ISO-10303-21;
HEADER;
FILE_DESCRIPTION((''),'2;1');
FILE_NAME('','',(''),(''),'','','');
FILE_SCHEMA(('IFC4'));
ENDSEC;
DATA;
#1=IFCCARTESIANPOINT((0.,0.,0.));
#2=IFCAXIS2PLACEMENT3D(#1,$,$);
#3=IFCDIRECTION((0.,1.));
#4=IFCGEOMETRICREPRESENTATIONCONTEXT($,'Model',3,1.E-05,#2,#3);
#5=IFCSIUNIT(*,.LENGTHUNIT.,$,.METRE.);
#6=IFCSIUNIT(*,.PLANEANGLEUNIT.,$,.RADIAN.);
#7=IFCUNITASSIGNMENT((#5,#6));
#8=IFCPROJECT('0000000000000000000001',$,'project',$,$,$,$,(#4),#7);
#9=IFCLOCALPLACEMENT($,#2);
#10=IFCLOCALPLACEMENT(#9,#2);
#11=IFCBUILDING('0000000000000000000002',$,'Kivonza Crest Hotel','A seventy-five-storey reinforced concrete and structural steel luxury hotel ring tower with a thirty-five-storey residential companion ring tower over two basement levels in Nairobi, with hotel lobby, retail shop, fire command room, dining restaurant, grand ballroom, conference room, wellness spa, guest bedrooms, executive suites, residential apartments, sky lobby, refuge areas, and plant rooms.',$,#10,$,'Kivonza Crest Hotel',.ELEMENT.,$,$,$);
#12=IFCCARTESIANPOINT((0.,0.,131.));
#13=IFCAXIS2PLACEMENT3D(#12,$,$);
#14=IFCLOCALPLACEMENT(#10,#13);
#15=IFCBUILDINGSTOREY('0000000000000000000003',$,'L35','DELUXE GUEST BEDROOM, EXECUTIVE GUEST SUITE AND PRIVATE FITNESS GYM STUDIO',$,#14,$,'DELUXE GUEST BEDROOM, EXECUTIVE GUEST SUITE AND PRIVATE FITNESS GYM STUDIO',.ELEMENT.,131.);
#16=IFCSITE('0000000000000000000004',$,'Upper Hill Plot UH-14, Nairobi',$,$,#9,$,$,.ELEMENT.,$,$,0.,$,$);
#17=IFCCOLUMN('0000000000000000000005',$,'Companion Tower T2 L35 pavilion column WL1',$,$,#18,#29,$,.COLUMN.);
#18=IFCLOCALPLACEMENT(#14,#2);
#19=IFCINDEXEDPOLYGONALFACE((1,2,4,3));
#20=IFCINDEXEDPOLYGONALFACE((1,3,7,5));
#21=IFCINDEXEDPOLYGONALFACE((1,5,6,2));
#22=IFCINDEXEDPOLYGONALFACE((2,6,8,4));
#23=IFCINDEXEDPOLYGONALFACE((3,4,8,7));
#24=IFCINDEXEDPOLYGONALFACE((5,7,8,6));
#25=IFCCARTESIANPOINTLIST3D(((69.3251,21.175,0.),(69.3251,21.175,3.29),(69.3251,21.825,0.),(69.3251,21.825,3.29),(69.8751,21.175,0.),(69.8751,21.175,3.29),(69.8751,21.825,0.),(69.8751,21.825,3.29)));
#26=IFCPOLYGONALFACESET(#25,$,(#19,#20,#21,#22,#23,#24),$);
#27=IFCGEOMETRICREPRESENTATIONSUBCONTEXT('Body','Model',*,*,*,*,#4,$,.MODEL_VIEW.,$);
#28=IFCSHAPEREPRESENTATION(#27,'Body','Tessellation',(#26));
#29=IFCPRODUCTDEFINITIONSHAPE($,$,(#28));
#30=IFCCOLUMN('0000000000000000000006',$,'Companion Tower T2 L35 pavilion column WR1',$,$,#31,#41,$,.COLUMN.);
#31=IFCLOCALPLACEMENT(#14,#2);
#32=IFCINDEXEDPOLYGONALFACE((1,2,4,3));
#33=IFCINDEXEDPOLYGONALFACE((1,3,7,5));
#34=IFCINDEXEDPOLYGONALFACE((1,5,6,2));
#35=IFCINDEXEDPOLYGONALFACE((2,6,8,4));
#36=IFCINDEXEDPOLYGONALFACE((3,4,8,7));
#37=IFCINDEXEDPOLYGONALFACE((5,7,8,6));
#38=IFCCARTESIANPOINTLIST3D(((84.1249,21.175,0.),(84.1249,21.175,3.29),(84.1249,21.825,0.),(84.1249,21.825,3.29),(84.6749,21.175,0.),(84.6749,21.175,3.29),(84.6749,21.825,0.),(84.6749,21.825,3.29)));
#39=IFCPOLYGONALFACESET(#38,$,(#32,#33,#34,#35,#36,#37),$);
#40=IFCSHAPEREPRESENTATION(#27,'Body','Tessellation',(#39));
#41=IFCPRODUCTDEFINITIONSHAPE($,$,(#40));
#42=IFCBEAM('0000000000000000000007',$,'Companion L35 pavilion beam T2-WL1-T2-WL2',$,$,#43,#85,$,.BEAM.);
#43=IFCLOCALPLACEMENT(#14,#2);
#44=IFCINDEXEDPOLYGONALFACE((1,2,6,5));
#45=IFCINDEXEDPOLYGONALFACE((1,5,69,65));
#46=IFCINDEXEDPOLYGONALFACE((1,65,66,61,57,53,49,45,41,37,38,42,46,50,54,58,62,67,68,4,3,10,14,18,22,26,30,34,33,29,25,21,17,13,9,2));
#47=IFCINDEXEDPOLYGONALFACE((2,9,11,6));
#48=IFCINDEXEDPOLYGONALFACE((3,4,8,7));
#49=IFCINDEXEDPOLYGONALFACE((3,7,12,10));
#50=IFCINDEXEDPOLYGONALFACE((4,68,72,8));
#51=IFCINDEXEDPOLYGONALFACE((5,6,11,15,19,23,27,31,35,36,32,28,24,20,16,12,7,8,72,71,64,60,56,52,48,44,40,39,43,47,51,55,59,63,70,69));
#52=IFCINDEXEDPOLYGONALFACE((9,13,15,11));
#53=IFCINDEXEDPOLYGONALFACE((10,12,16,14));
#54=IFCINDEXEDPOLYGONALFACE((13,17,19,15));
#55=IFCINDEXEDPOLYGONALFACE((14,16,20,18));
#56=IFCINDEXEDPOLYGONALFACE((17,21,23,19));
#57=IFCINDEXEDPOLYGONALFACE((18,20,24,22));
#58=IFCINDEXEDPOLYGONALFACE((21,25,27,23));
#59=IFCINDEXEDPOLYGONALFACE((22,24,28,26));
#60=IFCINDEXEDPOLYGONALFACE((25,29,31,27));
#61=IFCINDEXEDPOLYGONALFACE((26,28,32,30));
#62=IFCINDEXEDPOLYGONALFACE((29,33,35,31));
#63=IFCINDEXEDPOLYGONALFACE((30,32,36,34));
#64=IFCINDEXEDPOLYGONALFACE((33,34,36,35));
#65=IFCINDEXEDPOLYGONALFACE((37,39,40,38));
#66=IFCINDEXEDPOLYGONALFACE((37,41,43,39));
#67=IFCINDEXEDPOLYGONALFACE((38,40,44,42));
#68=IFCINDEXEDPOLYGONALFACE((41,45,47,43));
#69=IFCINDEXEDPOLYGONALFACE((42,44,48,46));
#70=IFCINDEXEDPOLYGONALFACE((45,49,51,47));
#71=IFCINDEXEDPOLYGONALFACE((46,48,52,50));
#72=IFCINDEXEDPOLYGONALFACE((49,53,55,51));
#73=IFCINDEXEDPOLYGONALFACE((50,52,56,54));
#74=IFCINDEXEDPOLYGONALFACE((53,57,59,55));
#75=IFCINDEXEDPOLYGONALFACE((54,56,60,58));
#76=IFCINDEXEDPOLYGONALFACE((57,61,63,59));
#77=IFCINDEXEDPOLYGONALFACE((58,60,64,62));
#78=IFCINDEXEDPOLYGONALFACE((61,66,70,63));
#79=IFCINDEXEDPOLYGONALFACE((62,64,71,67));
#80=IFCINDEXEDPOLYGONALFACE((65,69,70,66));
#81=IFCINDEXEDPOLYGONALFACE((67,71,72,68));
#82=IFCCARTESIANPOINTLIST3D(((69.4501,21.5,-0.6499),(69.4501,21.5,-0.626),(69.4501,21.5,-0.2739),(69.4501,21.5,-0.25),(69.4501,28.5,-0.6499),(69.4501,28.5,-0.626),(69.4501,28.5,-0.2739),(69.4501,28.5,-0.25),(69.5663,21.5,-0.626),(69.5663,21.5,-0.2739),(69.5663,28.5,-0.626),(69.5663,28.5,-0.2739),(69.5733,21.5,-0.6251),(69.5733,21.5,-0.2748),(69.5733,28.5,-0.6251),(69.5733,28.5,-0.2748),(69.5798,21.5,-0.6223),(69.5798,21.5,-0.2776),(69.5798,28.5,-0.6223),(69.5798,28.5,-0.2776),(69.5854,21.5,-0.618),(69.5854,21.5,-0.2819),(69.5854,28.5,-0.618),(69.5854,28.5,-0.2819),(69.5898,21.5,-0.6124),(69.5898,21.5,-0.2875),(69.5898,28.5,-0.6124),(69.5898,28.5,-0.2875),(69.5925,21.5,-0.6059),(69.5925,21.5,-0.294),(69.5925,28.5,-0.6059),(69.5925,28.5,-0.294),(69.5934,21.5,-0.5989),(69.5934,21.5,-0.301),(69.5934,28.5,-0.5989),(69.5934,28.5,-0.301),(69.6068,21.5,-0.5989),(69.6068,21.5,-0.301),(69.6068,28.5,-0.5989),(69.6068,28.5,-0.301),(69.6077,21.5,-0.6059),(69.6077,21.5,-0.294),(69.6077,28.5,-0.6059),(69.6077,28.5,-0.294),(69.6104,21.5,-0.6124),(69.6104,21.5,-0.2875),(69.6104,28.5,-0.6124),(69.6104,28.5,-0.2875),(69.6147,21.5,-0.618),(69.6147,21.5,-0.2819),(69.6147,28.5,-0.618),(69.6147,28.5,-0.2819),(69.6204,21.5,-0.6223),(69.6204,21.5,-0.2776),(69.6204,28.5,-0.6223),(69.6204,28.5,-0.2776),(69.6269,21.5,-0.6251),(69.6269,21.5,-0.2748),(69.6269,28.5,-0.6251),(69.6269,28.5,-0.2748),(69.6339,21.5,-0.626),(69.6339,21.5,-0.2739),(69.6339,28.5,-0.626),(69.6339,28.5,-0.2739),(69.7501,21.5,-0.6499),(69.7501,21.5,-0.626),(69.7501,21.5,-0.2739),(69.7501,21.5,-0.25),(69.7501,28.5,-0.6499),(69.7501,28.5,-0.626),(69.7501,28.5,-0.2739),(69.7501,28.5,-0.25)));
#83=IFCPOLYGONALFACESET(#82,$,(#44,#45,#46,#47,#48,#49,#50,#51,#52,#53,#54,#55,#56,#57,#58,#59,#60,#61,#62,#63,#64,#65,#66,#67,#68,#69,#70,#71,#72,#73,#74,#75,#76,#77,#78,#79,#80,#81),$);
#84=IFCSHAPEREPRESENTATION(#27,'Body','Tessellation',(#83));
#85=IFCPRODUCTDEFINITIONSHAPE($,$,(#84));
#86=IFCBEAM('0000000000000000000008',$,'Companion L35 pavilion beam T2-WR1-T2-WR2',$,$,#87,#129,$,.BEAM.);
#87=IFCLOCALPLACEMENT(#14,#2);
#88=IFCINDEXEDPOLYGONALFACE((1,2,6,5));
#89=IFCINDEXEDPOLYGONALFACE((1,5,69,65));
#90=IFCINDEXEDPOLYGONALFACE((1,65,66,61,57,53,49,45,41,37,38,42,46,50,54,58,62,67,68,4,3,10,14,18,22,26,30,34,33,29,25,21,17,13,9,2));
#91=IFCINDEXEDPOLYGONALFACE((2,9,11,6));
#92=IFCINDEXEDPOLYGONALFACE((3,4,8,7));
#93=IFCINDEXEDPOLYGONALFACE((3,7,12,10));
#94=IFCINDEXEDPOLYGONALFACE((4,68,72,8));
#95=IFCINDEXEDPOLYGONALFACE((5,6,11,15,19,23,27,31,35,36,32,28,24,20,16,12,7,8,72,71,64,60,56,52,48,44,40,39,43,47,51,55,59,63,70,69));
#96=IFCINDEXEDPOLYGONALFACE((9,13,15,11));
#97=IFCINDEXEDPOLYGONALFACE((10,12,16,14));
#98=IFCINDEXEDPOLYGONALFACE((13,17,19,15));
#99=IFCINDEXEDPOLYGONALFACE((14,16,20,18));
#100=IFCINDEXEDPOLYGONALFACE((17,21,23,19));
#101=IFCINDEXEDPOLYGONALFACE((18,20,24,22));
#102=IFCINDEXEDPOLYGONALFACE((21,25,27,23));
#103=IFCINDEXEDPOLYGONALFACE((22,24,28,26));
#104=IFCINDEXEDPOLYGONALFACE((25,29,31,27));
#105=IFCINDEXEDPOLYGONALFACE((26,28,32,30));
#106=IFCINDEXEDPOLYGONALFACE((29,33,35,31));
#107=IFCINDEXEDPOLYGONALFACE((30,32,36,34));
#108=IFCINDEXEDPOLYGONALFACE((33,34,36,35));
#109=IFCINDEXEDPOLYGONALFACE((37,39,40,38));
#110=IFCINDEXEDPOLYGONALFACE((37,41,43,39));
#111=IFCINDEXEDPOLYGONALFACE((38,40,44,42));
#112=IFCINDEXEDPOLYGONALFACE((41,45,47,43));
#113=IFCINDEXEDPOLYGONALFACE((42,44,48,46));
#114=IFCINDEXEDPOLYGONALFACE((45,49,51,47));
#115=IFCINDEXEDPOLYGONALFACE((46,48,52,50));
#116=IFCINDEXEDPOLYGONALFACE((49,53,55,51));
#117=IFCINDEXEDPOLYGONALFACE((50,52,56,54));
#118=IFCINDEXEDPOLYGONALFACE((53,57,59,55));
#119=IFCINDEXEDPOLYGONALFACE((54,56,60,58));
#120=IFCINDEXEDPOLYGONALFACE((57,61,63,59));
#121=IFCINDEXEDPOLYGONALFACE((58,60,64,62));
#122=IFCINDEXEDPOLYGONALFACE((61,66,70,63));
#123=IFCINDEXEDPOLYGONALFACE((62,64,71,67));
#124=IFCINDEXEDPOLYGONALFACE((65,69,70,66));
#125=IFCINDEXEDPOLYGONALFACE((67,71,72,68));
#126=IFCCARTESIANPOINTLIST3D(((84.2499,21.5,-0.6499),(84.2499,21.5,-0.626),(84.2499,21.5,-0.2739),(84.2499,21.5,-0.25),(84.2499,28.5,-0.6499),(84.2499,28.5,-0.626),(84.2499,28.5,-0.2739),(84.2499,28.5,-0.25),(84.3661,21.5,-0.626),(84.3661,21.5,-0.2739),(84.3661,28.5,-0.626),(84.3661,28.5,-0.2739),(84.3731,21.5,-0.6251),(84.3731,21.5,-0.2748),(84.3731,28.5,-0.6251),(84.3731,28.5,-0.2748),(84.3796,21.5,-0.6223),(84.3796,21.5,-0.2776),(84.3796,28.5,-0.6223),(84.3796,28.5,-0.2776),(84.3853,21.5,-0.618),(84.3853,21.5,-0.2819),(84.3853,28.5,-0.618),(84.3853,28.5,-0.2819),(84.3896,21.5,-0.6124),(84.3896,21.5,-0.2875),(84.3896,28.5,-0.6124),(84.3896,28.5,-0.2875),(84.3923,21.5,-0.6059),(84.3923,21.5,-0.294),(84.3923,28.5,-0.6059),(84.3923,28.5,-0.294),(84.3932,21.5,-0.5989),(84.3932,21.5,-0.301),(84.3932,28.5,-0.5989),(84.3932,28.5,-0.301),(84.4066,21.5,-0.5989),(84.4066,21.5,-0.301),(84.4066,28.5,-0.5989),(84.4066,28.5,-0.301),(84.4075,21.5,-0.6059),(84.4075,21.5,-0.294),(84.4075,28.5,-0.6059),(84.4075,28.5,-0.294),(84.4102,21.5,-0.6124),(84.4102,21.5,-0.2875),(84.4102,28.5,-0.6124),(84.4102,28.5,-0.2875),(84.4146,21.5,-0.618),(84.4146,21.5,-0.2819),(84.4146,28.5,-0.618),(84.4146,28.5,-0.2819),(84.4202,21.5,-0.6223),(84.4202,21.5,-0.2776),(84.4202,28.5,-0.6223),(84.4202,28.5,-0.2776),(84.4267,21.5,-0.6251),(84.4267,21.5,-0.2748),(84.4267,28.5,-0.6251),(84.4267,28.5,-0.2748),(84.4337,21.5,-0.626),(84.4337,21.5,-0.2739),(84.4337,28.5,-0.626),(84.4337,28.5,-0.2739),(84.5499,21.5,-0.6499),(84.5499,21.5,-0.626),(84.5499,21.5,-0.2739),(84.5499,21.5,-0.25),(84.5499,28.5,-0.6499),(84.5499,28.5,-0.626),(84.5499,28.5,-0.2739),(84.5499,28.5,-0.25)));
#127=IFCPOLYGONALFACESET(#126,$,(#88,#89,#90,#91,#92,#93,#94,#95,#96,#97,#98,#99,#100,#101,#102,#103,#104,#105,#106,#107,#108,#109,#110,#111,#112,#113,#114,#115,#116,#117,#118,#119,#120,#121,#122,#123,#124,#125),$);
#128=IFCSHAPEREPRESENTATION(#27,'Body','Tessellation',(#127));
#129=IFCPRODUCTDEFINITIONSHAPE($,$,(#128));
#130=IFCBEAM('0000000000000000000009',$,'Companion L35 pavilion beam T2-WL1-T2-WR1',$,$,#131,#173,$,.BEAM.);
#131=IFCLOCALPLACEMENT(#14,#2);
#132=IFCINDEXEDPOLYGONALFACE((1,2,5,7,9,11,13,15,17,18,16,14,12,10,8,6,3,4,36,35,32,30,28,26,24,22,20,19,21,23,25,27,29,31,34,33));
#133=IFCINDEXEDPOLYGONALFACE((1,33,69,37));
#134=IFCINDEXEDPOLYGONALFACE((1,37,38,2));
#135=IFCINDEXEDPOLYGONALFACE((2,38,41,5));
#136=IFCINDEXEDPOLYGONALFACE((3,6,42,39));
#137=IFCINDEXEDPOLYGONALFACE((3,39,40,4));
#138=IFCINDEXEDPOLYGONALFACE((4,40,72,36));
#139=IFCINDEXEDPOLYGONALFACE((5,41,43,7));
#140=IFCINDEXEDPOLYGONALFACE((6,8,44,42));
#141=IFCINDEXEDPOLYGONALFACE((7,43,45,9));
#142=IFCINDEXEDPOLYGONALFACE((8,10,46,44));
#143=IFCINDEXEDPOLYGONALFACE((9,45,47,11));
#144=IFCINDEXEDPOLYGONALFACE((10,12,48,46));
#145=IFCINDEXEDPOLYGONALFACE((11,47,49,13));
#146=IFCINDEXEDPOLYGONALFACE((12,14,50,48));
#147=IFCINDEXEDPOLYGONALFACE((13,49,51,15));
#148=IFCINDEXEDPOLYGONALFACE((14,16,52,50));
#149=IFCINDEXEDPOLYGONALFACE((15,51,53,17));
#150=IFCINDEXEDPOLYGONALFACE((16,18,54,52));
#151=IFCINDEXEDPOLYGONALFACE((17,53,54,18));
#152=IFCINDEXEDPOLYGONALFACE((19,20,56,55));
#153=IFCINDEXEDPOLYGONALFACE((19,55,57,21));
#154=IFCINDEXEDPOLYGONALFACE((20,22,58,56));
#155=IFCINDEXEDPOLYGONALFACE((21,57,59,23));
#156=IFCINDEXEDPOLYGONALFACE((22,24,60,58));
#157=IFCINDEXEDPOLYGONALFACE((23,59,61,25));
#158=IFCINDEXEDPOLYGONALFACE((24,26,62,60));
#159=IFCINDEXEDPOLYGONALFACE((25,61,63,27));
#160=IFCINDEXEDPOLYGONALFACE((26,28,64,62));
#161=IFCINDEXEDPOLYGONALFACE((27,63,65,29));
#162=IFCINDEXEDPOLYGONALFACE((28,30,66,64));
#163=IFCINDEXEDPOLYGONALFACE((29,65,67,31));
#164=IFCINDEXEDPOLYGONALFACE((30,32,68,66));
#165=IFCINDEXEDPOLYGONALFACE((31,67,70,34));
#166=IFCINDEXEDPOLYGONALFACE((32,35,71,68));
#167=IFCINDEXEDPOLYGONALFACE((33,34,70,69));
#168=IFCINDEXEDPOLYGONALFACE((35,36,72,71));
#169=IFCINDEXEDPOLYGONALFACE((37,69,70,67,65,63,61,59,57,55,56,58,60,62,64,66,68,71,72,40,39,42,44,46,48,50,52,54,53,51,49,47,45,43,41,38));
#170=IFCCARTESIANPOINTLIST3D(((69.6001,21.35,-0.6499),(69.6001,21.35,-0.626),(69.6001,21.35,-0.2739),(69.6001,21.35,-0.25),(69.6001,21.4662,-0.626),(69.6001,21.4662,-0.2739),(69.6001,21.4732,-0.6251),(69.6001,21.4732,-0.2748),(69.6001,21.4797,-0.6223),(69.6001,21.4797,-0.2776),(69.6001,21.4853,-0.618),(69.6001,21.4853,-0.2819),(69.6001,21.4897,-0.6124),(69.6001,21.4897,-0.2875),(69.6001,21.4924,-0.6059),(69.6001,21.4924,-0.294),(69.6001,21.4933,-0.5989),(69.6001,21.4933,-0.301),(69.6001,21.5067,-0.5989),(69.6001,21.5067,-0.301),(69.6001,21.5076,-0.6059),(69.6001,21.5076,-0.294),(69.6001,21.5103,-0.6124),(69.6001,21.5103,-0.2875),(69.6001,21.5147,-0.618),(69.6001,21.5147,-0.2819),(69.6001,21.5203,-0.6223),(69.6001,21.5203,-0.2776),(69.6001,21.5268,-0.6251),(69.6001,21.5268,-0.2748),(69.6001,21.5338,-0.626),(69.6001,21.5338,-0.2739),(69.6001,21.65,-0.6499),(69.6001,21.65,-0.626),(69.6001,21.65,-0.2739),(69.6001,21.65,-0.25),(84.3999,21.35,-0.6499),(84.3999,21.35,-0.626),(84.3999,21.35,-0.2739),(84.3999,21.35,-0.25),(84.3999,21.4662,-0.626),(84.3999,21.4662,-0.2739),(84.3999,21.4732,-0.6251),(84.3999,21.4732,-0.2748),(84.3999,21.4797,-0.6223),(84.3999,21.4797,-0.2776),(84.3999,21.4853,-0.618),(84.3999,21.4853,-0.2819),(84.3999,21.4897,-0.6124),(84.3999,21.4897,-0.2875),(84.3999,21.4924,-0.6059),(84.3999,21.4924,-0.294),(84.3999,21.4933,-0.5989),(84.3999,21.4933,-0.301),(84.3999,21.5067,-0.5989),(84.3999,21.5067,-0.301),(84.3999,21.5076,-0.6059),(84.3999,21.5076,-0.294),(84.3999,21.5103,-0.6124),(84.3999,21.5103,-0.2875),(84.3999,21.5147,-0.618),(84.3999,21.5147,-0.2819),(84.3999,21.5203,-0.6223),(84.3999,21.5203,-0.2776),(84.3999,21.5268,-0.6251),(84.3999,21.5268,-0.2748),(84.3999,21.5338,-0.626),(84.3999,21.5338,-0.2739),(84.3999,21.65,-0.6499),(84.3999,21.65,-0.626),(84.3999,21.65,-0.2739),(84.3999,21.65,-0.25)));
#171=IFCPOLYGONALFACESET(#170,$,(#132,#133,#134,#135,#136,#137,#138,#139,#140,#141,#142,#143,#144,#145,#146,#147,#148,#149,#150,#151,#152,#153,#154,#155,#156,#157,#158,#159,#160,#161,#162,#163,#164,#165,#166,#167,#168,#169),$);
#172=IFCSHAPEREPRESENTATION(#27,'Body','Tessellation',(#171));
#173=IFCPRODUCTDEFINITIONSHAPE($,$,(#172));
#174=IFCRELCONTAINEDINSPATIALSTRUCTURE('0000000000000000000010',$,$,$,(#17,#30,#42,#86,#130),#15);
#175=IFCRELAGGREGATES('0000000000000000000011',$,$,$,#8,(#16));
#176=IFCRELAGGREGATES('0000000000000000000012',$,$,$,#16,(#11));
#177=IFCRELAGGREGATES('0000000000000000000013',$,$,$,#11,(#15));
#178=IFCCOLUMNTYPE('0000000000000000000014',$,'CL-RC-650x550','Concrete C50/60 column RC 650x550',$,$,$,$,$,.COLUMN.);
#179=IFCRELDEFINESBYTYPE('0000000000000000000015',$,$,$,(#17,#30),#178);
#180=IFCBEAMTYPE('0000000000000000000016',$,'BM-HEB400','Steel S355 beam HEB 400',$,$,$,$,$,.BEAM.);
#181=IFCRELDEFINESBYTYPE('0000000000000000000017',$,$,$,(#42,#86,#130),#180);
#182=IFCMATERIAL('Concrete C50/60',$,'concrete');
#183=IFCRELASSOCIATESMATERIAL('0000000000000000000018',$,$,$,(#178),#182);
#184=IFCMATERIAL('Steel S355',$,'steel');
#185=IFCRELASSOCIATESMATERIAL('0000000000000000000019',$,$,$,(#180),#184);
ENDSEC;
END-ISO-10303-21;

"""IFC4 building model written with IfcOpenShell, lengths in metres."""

from ifc_helpers import new_model, si_unit, direction, frame, origin, origin_2d, place, context, subcontext, project, spatial, rectangle, i_section, extrude, material, material_profile, profile_set, type_object, element, save


model = new_model("IFC4")

# Units and contexts
model_context = context("Model", 3, precision=1e-05, world=origin(), true_north=direction((0.0, 1.0)))
body_context = subcontext(model_context, "Body", "Model", "MODEL_VIEW")
ifc_project = project(units=[si_unit("LENGTHUNIT", "METRE"), si_unit("PLANEANGLEUNIT", "RADIAN")], contexts=[model_context])

# Site, building, storey
site_placement = place(None, origin())
site = spatial("IfcSite", under=ifc_project, at=site_placement, Name="Upper Hill Plot UH-14, Nairobi", CompositionType="ELEMENT", RefElevation=0.0)
building_placement = place(site_placement, origin())
building = spatial("IfcBuilding", under=site, at=building_placement, Name="Kivonza Crest Hotel", Description="A seventy-five-storey reinforced concrete and structural steel luxury hotel ring tower with a thirty-five-storey residential companion ring tower over two basement levels in Nairobi, with hotel lobby, retail shop, fire command room, dining restaurant, grand ballroom, conference room, wellness spa, guest bedrooms, executive suites, residential apartments, sky lobby, refuge areas, and plant rooms.", LongName="Kivonza Crest Hotel", CompositionType="ELEMENT")
storey_placement = place(building_placement, frame((0.0, 0.0, 131.0)))
storey = spatial("IfcBuildingStorey", under=building, at=storey_placement, Name="L35", Description="DELUXE GUEST BEDROOM, EXECUTIVE GUEST SUITE AND PRIVATE FITNESS GYM STUDIO", LongName="DELUXE GUEST BEDROOM, EXECUTIVE GUEST SUITE AND PRIVATE FITNESS GYM STUDIO", CompositionType="ELEMENT", Elevation=131.0)

# Columns
ifc_material_1 = material(Name="Concrete C50/60", Category="concrete")
ifc_material_profile_1 = material_profile(ifc_material_1, rectangle(XDim=0.55, YDim=0.6499, at=origin_2d()), Name="RC 650x550")
ifc_profile_set_1 = profile_set([ifc_material_profile_1], Name="Concrete C50/60")
column_type = type_object("IfcColumnType", Name="CL-RC-650x550", Description="Concrete C50/60 column RC 650x550", PredefinedType="COLUMN", material=ifc_profile_set_1)
for number, where, z_axis, x_axis, name in (
    (1, (69.6001, 21.5, 0.0), (0.0, 0.0, 1.0), (1.0, 0.0, 0.0), "Companion Tower T2 L35 pavilion column WL1"),
    (2, (84.3999, 21.5, 0.0), (0.0, 0.0, 1.0), (1.0, 0.0, 0.0), "Companion Tower T2 L35 pavilion column WR1"),
):
    element("IfcColumn", number, at=place(storey_placement, frame(where, z_axis=z_axis, x_axis=x_axis)), inside=storey, type_object=column_type, Name=name, PredefinedType="COLUMN", context=body_context, shape_type="SweptSolid", body=[
        extrude(rectangle(XDim=0.55, YDim=0.6499, at=origin_2d()), origin(), (0.0, 0.0, 1.0), 3.29),
    ])

# Beams
ifc_material_2 = material(Name="Steel S355", Category="steel")
ifc_material_profile_2 = material_profile(ifc_material_2, i_section(OverallWidth=0.3, OverallDepth=0.3999, WebThickness=0.0134, FlangeThickness=0.0239, FilletRadius=0.0271, at=origin_2d()), Name="HEB 400")
ifc_profile_set_2 = profile_set([ifc_material_profile_2], Name="Steel S355")
beam_type = type_object("IfcBeamType", Name="BM-HEB400", Description="Steel S355 beam HEB 400", PredefinedType="BEAM", material=ifc_profile_set_2)
for number, where, z_axis, x_axis, name in (
    (3, (69.6001, 21.5, -0.45), (0.0, 1.0, 0.0), (-1.0, 0.0, 0.0), "Companion L35 pavilion beam T2-WL1-T2-WL2"),
    (4, (84.3999, 21.5, -0.45), (0.0, 1.0, 0.0), (-1.0, 0.0, 0.0), "Companion L35 pavilion beam T2-WR1-T2-WR2"),
):
    element("IfcBeam", number, at=place(storey_placement, frame(where, z_axis=z_axis, x_axis=x_axis)), inside=storey, type_object=beam_type, Name=name, PredefinedType="BEAM", context=body_context, shape_type="SweptSolid", body=[
        extrude(i_section(OverallWidth=0.3, OverallDepth=0.3999, WebThickness=0.0134, FlangeThickness=0.0239, FilletRadius=0.0271, at=origin_2d()), origin(), (0.0, 0.0, 1.0), 7.0),
    ])
beam_1_placement = place(storey_placement, frame((69.6001, 21.5, -0.45), z_axis=(1.0, 0.0, 0.0), x_axis=(0.0, 1.0, 0.0)))
element("IfcBeam", 5, at=beam_1_placement, inside=storey, type_object=beam_type, Name="Companion L35 pavilion beam T2-WL1-T2-WR1", PredefinedType="BEAM", context=body_context, shape_type="SweptSolid", body=[
    extrude(i_section(OverallWidth=0.3, OverallDepth=0.3999, WebThickness=0.0134, FlangeThickness=0.0239, FilletRadius=0.0271, at=origin_2d()), origin(), (0.0, 0.0, 1.0), 14.7998),
])

save(model, "model.ifc")
